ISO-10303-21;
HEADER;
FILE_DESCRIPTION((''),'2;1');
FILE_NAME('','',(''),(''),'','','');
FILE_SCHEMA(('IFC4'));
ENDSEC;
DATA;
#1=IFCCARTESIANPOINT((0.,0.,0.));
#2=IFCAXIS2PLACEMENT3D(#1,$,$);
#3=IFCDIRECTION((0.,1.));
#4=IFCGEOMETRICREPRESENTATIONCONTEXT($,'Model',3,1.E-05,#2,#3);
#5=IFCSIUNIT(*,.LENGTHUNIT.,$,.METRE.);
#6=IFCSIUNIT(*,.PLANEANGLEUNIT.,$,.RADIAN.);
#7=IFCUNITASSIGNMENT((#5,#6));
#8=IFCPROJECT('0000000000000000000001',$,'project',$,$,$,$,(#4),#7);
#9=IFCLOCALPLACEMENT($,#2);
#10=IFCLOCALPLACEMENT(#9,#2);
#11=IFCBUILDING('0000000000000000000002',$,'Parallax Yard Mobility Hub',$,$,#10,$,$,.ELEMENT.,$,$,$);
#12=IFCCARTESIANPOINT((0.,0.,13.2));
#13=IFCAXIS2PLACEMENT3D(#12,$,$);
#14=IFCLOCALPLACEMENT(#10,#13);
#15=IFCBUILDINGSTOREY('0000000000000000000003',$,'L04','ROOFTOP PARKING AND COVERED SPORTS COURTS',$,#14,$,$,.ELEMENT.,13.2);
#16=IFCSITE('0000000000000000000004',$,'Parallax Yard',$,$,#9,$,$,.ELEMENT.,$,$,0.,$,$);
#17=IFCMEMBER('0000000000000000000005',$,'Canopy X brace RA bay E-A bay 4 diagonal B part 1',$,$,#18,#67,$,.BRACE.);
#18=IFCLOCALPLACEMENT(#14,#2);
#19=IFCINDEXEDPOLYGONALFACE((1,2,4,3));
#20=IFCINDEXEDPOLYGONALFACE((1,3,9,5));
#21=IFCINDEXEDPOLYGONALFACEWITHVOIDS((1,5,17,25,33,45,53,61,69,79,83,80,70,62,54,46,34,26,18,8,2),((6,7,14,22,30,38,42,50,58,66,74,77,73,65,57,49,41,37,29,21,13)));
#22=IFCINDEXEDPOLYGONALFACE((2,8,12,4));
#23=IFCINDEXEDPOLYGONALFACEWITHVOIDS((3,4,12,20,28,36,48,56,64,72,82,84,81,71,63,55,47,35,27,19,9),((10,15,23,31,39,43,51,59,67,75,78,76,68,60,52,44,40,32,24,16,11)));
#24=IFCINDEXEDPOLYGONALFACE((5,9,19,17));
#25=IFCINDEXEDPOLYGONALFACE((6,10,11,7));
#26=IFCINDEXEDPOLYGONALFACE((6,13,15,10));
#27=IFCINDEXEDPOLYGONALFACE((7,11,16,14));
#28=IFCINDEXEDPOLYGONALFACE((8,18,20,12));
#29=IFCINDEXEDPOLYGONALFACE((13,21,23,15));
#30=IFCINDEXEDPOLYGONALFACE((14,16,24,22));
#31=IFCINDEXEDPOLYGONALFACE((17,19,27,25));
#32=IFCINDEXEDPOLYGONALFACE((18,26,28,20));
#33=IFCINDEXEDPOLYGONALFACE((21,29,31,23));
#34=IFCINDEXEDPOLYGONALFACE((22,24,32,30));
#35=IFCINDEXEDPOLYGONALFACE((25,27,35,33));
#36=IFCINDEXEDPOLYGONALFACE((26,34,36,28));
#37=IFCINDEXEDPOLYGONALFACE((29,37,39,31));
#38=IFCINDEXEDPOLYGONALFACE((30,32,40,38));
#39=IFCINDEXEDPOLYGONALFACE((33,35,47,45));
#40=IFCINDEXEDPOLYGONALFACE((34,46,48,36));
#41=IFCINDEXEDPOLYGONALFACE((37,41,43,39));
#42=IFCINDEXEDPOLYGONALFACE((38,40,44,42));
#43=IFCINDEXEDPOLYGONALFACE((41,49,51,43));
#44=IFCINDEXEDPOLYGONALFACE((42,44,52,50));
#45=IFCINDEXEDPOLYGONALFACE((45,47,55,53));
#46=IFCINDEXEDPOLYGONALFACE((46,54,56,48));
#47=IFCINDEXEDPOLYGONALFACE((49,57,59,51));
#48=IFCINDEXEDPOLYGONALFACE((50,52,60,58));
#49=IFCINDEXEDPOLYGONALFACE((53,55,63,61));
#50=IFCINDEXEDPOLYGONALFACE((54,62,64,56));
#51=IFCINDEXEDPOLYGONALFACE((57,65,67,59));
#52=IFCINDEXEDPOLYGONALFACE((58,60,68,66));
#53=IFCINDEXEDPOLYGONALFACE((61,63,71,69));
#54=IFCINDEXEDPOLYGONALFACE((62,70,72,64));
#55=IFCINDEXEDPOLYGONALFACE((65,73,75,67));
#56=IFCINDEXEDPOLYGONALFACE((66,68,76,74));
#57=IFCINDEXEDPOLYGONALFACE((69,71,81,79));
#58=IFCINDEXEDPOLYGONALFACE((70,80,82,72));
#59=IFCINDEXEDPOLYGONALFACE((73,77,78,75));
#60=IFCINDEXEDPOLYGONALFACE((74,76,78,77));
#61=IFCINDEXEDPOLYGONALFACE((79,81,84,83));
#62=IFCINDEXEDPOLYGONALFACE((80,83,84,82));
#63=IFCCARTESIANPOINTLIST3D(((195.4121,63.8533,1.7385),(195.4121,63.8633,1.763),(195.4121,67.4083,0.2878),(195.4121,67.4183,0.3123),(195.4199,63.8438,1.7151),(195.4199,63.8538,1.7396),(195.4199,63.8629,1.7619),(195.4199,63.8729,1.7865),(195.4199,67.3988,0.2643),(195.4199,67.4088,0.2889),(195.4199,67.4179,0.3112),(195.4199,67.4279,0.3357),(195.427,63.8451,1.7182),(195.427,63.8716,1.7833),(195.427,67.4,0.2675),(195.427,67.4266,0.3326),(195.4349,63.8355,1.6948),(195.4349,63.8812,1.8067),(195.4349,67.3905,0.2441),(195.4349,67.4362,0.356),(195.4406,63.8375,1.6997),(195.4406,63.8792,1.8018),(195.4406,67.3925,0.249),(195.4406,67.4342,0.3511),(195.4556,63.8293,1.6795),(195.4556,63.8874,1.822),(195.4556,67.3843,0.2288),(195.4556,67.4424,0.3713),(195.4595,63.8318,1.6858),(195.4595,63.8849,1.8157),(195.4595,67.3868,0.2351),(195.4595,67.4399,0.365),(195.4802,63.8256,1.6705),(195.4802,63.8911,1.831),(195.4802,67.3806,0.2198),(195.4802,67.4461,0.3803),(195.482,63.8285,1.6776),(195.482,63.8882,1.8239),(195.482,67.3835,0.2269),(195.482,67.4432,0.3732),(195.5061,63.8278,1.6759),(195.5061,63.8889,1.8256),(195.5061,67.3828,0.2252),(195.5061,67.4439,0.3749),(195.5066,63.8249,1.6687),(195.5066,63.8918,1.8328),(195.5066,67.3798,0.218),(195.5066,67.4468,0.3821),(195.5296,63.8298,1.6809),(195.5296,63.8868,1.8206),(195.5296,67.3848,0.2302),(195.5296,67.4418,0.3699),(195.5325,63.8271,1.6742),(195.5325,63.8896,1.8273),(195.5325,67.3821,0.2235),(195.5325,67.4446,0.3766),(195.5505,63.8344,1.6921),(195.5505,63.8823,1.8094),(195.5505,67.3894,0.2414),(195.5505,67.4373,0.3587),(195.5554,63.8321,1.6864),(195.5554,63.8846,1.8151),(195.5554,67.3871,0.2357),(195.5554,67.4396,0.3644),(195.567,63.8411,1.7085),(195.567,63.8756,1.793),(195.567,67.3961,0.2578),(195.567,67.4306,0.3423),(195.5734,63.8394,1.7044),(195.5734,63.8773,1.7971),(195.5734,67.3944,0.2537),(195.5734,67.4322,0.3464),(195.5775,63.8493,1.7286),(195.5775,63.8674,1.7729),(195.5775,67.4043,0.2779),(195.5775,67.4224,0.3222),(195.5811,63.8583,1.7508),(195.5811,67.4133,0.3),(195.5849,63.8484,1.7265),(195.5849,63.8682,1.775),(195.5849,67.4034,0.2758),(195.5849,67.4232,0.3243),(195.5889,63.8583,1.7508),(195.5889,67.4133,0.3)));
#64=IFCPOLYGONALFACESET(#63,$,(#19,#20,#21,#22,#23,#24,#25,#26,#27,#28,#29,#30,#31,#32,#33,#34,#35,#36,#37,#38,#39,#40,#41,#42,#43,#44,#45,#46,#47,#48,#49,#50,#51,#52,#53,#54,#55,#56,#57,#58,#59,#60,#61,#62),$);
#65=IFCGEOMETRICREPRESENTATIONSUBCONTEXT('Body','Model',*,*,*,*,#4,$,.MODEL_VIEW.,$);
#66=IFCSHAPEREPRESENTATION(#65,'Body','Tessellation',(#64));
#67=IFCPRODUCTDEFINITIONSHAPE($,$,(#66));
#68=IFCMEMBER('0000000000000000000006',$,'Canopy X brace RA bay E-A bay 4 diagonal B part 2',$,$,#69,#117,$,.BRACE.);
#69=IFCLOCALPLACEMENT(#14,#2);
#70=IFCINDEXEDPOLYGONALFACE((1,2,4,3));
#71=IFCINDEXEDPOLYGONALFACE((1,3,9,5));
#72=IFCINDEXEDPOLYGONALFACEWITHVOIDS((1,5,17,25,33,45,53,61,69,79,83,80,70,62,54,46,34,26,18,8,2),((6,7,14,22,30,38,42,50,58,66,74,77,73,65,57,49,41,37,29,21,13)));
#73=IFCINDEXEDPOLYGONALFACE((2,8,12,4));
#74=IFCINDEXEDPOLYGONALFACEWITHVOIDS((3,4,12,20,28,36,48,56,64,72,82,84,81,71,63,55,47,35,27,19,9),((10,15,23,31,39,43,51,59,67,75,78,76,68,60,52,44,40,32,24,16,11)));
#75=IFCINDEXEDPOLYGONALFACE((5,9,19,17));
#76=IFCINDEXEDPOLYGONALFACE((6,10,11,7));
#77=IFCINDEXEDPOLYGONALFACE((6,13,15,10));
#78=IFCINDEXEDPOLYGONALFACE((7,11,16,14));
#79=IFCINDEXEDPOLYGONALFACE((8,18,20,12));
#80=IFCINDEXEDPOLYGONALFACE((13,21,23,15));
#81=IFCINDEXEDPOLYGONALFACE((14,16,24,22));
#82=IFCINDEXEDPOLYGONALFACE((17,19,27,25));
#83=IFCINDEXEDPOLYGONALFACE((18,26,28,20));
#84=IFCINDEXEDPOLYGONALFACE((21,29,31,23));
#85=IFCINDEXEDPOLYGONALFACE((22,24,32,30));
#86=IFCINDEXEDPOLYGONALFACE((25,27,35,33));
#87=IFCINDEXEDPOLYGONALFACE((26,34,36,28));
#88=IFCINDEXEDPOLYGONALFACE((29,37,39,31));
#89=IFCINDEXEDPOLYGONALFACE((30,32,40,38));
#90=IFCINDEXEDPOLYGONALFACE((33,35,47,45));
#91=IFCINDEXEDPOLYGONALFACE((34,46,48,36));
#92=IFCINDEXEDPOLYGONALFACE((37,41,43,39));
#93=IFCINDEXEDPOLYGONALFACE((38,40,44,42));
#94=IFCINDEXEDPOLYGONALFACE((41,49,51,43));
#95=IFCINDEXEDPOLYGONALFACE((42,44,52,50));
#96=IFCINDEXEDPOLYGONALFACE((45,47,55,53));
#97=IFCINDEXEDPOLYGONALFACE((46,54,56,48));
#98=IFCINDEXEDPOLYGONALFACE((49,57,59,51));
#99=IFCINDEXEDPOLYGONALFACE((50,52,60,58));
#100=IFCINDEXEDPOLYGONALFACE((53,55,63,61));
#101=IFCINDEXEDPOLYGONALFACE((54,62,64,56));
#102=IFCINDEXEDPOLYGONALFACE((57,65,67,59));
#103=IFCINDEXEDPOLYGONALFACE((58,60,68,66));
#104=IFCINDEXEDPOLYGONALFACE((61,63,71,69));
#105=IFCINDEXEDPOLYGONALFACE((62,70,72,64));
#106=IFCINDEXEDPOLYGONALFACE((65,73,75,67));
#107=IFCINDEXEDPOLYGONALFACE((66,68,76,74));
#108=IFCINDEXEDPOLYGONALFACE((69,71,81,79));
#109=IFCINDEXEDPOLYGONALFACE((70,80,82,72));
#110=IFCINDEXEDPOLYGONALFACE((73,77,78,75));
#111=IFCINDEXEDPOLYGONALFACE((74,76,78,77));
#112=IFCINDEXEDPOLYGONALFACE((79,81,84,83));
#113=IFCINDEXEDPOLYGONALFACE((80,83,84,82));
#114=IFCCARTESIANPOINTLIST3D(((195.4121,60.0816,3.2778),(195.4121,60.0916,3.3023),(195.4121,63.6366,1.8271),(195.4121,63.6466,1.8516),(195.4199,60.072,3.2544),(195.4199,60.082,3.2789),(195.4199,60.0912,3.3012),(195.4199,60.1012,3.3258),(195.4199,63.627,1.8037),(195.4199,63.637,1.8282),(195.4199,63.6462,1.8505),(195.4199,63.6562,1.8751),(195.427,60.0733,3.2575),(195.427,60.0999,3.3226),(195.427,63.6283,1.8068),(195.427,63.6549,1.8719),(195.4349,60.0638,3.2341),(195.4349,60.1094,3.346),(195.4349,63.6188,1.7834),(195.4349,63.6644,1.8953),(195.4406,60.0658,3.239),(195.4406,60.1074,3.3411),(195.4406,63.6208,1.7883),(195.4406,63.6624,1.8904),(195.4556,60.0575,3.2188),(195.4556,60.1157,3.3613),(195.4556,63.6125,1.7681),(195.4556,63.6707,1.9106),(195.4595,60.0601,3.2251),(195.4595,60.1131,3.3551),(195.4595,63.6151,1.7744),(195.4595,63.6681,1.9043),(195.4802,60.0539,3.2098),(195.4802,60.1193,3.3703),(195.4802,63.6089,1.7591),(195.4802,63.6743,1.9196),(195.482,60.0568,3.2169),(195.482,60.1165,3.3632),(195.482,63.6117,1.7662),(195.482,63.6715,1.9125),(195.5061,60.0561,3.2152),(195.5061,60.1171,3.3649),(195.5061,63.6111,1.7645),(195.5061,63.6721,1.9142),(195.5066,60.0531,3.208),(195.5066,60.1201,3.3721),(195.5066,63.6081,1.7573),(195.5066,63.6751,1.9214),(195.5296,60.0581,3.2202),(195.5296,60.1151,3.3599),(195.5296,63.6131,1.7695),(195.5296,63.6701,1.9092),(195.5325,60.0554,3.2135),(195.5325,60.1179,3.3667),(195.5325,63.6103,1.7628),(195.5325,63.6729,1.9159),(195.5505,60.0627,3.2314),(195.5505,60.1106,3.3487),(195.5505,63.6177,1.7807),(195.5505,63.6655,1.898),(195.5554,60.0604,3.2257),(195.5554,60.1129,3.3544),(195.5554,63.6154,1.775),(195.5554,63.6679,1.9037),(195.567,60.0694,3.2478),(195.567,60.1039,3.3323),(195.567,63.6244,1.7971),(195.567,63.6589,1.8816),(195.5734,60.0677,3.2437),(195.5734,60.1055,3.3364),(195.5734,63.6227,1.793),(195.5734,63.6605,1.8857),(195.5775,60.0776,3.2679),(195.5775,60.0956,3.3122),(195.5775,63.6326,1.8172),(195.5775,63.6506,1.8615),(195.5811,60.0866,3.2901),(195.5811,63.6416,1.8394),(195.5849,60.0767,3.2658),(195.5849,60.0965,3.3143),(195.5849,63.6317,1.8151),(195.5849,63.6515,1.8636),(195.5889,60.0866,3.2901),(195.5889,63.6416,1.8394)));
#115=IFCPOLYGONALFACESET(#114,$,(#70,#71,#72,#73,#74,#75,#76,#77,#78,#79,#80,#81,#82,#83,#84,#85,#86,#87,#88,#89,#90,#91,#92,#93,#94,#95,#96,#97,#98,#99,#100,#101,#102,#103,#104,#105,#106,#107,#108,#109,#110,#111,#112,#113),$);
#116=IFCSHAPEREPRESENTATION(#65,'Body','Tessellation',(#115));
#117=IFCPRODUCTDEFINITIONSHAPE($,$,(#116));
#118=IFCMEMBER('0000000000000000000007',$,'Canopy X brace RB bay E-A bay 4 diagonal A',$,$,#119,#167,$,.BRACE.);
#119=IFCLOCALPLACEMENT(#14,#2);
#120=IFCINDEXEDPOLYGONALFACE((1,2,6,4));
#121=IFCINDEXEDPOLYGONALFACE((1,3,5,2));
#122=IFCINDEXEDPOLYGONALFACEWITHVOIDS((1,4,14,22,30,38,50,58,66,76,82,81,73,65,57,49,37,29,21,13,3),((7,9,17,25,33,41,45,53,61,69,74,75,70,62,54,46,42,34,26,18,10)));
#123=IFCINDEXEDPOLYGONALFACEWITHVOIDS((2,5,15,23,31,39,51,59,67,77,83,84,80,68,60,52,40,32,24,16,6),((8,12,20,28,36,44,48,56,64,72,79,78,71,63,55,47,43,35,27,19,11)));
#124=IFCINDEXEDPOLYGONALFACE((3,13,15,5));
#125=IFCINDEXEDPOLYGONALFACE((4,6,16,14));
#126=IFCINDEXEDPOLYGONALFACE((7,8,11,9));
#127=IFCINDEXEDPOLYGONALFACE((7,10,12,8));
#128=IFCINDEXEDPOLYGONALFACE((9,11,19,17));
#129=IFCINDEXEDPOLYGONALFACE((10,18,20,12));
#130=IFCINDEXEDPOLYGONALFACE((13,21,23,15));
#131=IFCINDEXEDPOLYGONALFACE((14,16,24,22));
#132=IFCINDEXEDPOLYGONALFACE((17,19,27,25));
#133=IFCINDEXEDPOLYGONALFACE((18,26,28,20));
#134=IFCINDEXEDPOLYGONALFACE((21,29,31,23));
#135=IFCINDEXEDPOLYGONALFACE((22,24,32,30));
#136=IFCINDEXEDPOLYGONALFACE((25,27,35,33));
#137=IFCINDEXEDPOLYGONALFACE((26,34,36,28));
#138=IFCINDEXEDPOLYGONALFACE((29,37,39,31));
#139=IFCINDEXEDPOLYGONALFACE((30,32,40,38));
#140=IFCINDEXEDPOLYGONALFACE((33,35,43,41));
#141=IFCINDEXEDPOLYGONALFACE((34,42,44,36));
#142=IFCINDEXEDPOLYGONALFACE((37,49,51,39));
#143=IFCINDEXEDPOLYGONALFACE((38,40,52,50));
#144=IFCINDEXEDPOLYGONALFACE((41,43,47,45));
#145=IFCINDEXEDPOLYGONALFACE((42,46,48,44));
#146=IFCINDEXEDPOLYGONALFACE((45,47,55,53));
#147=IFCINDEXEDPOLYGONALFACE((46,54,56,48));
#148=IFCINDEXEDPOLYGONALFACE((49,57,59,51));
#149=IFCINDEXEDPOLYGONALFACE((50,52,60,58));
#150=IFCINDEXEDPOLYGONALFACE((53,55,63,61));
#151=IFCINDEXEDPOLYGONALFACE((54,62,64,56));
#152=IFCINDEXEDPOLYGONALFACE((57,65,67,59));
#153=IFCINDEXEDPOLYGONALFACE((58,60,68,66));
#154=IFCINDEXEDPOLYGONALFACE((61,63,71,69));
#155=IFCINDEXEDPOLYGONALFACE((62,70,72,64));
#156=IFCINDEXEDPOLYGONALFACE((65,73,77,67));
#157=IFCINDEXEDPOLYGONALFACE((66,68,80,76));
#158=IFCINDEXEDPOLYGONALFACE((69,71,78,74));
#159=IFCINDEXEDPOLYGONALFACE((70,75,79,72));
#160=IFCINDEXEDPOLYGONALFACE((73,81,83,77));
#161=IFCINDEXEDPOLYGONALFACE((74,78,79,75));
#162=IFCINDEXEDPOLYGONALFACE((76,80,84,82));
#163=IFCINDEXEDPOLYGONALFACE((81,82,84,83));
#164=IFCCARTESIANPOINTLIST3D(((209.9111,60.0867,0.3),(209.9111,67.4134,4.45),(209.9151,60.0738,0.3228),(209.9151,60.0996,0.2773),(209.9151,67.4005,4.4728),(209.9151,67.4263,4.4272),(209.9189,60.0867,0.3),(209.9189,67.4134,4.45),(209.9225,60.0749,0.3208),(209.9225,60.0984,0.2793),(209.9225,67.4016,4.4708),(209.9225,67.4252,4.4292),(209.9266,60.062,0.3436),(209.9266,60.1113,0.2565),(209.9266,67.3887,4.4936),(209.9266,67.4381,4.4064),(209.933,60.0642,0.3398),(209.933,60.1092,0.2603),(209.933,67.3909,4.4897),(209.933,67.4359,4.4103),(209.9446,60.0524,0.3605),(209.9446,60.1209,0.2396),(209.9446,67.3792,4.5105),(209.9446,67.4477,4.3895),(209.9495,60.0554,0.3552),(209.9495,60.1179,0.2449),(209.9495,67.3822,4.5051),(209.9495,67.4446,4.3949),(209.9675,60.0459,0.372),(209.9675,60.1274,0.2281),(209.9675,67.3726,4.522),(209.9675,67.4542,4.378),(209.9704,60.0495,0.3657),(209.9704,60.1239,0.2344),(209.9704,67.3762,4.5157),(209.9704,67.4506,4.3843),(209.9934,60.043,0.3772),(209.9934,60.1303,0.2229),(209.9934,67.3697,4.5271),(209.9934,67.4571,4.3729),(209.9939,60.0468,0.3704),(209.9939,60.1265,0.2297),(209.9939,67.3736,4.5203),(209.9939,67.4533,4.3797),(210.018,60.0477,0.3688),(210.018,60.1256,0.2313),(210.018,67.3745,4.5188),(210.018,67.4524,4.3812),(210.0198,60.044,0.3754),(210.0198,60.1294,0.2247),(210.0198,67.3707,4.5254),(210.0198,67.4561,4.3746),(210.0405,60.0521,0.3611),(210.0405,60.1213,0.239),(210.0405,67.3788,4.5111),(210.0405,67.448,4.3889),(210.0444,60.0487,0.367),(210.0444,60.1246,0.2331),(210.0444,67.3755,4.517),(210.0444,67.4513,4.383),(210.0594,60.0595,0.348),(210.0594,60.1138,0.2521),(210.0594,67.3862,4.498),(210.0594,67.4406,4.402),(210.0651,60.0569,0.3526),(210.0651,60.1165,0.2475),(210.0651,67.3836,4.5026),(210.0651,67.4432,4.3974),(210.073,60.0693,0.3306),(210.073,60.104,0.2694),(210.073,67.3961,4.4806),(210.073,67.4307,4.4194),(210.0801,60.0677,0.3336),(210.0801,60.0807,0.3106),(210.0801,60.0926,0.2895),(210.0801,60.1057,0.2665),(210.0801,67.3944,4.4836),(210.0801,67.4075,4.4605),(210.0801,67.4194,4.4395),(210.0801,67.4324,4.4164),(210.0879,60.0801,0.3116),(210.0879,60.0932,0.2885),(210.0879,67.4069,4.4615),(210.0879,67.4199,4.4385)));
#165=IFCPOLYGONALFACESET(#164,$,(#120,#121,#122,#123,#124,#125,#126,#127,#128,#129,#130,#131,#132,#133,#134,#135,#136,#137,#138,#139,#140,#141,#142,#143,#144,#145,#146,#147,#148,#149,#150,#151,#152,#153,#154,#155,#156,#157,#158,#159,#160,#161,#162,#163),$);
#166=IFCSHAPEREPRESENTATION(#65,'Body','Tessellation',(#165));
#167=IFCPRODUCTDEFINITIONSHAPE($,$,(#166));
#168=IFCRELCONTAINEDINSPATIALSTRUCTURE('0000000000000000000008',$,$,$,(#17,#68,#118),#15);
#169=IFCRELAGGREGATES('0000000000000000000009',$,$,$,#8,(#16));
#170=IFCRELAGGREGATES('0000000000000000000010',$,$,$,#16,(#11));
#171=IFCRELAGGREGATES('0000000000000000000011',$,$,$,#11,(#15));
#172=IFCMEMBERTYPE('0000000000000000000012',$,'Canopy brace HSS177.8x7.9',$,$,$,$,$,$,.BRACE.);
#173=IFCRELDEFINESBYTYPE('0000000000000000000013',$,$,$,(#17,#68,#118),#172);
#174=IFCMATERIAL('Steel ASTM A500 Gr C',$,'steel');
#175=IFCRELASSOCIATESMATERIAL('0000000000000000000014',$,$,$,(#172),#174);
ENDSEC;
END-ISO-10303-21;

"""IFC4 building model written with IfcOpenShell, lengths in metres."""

from ifc_helpers import new_model, si_unit, direction, frame, origin, origin_2d, place, context, subcontext, project, spatial, hollow_circle, extrude, material, material_profile, profile_set, type_object, element, save


model = new_model("IFC4")

# Units and contexts
model_context = context("Model", 3, precision=1e-05, world=origin(), true_north=direction((0.0, 1.0)))
body_context = subcontext(model_context, "Body", "Model", "MODEL_VIEW")
ifc_project = project(units=[si_unit("LENGTHUNIT", "METRE"), si_unit("PLANEANGLEUNIT", "RADIAN")], contexts=[model_context])

# Site, building, storey
site_placement = place(None, origin())
site = spatial("IfcSite", under=ifc_project, at=site_placement, Name="Parallax Yard", CompositionType="ELEMENT", RefElevation=0.0)
building_placement = place(site_placement, origin())
building = spatial("IfcBuilding", under=site, at=building_placement, Name="Parallax Yard Mobility Hub", CompositionType="ELEMENT")
storey_placement = place(building_placement, frame((0.0, 0.0, 13.2)))
storey = spatial("IfcBuildingStorey", under=building, at=storey_placement, Name="L04", Description="ROOFTOP PARKING AND COVERED SPORTS COURTS", CompositionType="ELEMENT", Elevation=13.2)

# Members
ifc_material_1 = material(Name="Steel ASTM A500 Gr C", Category="steel")
ifc_material_profile_1 = material_profile(ifc_material_1, hollow_circle(Radius=0.0889, WallThickness=0.0078, at=origin_2d()), Name="HSS177.8x7.9")
ifc_profile_set_1 = profile_set([ifc_material_profile_1], Name="Steel ASTM A500 Gr C")
member_type_1 = type_object("IfcMemberType", Name="Canopy brace HSS177.8x7.9", PredefinedType="BRACE", material=ifc_profile_set_1)
for number, where, z_axis, x_axis, name in (
    (1, (195.5, 67.4133, 0.3), (0.0, -0.925876, 0.377828), (1.0, 0.0, 0.0), "Canopy X brace RA bay E-A bay 4 diagonal B part 1"),
    (2, (195.5, 63.6416, 1.8394), (0.0, -0.925876, 0.377828), (1.0, 0.0, 0.0), "Canopy X brace RA bay E-A bay 4 diagonal B part 2"),
):
    element("IfcMember", number, at=place(storey_placement, frame(where, z_axis=z_axis, x_axis=x_axis)), inside=storey, type_object=member_type_1, Name=name, PredefinedType="BRACE", context=body_context, shape_type="SweptSolid", body=[
        extrude(hollow_circle(Radius=0.0889, WallThickness=0.0078, at=origin_2d()), origin(), (0.0, 0.0, 1.0), 3.8396),
    ])
member_1_placement = place(storey_placement, frame((210.0, 60.0867, 0.3), z_axis=(0.0, 0.870118, 0.492844), x_axis=(-1.0, 0.0, 0.0)))
element("IfcMember", 3, at=member_1_placement, inside=storey, type_object=member_type_1, Name="Canopy X brace RB bay E-A bay 4 diagonal A", PredefinedType="BRACE", context=body_context, shape_type="SweptSolid", body=[
    extrude(hollow_circle(Radius=0.0889, WallThickness=0.0078, at=origin_2d()), origin(), (0.0, 0.0, 1.0), 8.4204),
])

save(model, "model.ifc")
